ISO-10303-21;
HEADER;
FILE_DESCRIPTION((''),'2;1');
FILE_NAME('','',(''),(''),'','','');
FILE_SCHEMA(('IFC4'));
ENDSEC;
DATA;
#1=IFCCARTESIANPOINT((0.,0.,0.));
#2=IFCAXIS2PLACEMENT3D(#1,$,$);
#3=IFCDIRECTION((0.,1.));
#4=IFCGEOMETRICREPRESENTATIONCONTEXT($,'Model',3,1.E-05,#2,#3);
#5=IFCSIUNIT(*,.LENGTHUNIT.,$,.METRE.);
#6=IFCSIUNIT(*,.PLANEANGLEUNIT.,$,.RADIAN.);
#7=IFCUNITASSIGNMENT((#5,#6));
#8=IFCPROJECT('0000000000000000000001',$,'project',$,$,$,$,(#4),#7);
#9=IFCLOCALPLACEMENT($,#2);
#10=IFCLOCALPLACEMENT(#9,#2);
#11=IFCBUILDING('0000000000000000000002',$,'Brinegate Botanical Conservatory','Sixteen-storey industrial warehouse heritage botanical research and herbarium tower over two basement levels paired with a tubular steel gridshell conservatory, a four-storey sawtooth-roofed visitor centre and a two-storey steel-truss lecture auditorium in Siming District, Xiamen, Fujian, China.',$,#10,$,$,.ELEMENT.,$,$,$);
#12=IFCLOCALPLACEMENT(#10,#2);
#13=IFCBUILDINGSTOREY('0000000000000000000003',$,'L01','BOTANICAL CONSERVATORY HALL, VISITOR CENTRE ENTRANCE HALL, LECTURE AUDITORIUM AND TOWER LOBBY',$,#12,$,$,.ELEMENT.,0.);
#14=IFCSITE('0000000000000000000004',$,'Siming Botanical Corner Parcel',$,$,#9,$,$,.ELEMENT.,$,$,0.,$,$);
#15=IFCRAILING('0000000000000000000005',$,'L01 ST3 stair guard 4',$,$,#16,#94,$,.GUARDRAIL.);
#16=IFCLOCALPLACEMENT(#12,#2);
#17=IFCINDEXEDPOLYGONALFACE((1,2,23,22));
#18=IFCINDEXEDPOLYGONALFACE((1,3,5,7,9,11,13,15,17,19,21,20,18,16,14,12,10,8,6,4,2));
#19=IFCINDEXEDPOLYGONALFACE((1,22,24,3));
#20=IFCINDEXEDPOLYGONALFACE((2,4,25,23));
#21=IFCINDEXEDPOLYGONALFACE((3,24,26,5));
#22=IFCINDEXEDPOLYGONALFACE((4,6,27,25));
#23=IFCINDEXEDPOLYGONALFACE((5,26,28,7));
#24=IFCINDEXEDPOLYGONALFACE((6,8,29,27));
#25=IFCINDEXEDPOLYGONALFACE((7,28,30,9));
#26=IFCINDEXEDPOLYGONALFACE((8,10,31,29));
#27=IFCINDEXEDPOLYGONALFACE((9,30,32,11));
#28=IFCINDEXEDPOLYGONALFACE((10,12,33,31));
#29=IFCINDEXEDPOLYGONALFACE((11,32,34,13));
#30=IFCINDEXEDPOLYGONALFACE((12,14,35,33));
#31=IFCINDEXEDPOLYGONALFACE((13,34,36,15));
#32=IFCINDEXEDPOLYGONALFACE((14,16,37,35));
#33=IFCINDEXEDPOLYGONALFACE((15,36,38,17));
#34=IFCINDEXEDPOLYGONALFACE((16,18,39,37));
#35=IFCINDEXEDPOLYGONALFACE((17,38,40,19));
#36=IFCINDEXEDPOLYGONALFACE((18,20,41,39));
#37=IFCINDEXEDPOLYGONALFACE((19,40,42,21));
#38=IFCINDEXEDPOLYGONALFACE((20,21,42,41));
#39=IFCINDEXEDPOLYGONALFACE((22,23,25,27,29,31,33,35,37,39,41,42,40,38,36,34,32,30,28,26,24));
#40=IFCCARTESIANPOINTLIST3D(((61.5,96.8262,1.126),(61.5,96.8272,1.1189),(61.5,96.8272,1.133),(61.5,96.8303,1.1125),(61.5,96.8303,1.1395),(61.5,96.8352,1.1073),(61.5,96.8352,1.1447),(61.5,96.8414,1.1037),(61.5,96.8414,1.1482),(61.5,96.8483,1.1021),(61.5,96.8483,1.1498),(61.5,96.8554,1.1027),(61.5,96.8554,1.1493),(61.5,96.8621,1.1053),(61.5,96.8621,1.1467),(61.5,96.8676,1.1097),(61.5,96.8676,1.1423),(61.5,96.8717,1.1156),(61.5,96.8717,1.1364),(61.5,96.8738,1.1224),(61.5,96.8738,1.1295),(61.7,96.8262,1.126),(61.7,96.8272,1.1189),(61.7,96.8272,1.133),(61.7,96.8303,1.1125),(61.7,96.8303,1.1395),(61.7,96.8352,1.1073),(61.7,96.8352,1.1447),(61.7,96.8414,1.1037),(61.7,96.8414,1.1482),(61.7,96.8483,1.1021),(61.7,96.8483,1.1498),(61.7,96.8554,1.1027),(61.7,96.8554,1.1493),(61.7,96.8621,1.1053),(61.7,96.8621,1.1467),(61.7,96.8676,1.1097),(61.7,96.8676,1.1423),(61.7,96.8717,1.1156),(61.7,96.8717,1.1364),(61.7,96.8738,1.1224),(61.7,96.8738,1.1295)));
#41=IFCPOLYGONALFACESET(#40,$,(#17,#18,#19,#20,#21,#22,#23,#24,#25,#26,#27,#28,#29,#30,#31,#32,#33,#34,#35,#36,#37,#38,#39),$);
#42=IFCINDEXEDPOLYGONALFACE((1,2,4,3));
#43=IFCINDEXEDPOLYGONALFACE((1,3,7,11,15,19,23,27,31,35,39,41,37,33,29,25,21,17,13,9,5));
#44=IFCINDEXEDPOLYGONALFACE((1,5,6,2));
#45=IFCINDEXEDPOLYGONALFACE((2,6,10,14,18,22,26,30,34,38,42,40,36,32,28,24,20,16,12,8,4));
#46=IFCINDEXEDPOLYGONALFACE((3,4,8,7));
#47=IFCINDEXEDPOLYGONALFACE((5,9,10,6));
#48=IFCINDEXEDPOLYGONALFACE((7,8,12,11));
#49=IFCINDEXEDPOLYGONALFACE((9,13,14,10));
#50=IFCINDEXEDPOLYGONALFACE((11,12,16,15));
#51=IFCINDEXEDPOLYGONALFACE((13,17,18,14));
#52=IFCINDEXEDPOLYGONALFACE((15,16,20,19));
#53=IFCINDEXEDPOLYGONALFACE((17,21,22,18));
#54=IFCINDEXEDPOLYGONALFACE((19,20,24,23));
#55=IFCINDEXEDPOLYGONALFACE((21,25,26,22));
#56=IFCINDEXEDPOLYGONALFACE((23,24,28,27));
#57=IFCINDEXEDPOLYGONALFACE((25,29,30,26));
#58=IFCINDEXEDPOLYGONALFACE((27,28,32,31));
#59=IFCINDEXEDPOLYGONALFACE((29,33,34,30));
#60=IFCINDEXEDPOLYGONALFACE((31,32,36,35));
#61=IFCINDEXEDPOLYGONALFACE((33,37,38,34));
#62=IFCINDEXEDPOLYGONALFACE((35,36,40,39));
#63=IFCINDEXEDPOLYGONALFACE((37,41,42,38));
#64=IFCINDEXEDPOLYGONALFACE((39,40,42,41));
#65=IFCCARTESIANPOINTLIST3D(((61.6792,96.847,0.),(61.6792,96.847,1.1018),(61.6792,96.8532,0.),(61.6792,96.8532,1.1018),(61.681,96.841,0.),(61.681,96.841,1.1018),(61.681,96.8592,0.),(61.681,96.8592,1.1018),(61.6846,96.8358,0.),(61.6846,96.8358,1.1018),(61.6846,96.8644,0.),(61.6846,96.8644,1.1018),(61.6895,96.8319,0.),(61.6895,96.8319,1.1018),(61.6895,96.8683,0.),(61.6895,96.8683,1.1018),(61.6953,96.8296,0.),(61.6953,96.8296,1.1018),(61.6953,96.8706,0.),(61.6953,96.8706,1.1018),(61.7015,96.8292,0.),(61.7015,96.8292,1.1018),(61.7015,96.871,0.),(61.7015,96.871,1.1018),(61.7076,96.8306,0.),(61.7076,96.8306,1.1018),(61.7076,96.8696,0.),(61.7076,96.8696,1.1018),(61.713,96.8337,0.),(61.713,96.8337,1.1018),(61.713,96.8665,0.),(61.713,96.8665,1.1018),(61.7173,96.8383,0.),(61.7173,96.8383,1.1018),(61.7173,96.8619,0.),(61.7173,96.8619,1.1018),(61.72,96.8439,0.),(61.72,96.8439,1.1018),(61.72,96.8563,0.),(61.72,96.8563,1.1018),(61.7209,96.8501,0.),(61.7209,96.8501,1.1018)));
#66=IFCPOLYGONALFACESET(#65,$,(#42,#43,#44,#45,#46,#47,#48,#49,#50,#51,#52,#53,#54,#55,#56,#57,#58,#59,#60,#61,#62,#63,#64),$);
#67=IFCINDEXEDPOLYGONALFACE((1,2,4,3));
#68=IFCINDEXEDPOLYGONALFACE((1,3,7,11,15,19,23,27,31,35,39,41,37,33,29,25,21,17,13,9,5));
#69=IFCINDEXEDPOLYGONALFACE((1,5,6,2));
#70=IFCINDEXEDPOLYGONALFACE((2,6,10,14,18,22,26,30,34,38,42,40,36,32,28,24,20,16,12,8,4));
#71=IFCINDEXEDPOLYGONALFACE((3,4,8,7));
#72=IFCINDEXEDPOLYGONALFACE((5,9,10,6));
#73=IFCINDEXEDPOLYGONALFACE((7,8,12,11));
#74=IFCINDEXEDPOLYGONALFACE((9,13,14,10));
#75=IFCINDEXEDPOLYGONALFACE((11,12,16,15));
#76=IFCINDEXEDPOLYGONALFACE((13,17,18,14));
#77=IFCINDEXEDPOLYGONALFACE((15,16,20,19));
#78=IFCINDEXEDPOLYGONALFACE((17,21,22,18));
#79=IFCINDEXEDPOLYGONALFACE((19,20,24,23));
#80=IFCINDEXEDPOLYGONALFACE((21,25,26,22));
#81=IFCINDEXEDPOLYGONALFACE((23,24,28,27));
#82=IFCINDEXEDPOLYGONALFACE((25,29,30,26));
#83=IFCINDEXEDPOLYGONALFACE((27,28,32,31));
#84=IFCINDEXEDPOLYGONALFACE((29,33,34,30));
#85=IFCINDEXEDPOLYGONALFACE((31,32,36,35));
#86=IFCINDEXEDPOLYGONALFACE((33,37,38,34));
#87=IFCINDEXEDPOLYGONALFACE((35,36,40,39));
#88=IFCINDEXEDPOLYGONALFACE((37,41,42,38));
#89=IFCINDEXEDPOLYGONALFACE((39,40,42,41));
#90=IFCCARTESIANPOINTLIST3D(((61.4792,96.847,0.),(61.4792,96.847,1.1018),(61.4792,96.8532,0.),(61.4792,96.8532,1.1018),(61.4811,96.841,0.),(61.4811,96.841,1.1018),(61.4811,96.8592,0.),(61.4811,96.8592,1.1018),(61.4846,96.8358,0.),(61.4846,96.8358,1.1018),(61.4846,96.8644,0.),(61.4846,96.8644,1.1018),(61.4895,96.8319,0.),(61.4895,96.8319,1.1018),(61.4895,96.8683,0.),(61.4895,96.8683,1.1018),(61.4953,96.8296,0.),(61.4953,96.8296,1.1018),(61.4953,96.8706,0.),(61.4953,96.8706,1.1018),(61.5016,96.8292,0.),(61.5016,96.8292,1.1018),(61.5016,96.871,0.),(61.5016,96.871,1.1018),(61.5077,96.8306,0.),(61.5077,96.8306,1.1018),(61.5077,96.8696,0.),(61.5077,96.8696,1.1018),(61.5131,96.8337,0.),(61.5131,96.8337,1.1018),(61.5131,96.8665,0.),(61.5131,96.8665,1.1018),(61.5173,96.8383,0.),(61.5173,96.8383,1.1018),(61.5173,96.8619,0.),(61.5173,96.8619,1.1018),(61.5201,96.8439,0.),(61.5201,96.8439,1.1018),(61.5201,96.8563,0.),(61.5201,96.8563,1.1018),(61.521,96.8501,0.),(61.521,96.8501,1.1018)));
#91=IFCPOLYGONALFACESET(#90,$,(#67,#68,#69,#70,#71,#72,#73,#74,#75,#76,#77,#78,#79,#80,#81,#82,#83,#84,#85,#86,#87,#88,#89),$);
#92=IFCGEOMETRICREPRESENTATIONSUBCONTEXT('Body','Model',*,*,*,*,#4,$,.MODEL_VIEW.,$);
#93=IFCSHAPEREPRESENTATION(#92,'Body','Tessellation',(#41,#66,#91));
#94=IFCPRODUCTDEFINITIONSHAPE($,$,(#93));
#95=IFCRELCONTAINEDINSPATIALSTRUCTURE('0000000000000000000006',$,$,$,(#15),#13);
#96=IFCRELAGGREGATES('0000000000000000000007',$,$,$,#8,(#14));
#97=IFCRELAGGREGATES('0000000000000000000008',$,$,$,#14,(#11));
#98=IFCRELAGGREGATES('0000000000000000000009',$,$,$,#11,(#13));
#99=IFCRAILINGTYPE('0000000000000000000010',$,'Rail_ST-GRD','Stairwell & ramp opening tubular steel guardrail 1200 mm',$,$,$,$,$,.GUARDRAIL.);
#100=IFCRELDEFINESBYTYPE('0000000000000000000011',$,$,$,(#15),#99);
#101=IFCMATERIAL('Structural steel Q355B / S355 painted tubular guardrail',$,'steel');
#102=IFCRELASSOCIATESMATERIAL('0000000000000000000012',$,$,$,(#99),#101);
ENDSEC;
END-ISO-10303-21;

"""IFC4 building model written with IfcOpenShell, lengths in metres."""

from ifc_helpers import new_model, si_unit, direction, frame, origin, origin_2d, place, context, subcontext, project, spatial, circle, extrude, material, type_object, element, save


model = new_model("IFC4")

# Units and contexts
model_context = context("Model", 3, precision=1e-05, world=origin(), true_north=direction((0.0, 1.0)))
body_context = subcontext(model_context, "Body", "Model", "MODEL_VIEW")
ifc_project = project(units=[si_unit("LENGTHUNIT", "METRE"), si_unit("PLANEANGLEUNIT", "RADIAN")], contexts=[model_context])

# Site, building, storey
site_placement = place(None, origin())
site = spatial("IfcSite", under=ifc_project, at=site_placement, Name="Siming Botanical Corner Parcel", CompositionType="ELEMENT", RefElevation=0.0)
building_placement = place(site_placement, origin())
building = spatial("IfcBuilding", under=site, at=building_placement, Name="Brinegate Botanical Conservatory", Description="Sixteen-storey industrial warehouse heritage botanical research and herbarium tower over two basement levels paired with a tubular steel gridshell conservatory, a four-storey sawtooth-roofed visitor centre and a two-storey steel-truss lecture auditorium in Siming District, Xiamen, Fujian, China.", CompositionType="ELEMENT")
storey_placement = place(building_placement, origin())
storey = spatial("IfcBuildingStorey", under=building, at=storey_placement, Name="L01", Description="BOTANICAL CONSERVATORY HALL, VISITOR CENTRE ENTRANCE HALL, LECTURE AUDITORIUM AND TOWER LOBBY", CompositionType="ELEMENT", Elevation=0.0)

# Railing
ifc_material_1 = material(Name="Structural steel Q355B / S355 painted tubular guardrail", Category="steel")
railing_type_1 = type_object("IfcRailingType", Name="Rail_ST-GRD", Description="Stairwell & ramp opening tubular steel guardrail 1200 mm", PredefinedType="GUARDRAIL", material=ifc_material_1)
railing_1_placement = place(storey_placement, frame((61.7, 96.8501, 0.0)))
element("IfcRailing", 1, at=railing_1_placement, inside=storey, type_object=railing_type_1, Name="L01 ST3 stair guard 4", PredefinedType="GUARDRAIL", context=body_context, shape_type="SweptSolid", body=[
    extrude(circle(Radius=0.0239, at=origin_2d()), frame((0.0, 0.0, 1.126), z_axis=(-1.0, 0.0, 0.0), x_axis=(0.0, -1.0, 0.0)), (0.0, 0.0, 1.0), 0.2),
    extrude(circle(Radius=0.021, at=origin_2d()), origin(), (0.0, 0.0, 1.0), 1.1018),
    extrude(circle(Radius=0.021, at=origin_2d()), frame((-0.2, 0.0, 0.0)), (0.0, 0.0, 1.0), 1.1018),
])

save(model, "model.ifc")
